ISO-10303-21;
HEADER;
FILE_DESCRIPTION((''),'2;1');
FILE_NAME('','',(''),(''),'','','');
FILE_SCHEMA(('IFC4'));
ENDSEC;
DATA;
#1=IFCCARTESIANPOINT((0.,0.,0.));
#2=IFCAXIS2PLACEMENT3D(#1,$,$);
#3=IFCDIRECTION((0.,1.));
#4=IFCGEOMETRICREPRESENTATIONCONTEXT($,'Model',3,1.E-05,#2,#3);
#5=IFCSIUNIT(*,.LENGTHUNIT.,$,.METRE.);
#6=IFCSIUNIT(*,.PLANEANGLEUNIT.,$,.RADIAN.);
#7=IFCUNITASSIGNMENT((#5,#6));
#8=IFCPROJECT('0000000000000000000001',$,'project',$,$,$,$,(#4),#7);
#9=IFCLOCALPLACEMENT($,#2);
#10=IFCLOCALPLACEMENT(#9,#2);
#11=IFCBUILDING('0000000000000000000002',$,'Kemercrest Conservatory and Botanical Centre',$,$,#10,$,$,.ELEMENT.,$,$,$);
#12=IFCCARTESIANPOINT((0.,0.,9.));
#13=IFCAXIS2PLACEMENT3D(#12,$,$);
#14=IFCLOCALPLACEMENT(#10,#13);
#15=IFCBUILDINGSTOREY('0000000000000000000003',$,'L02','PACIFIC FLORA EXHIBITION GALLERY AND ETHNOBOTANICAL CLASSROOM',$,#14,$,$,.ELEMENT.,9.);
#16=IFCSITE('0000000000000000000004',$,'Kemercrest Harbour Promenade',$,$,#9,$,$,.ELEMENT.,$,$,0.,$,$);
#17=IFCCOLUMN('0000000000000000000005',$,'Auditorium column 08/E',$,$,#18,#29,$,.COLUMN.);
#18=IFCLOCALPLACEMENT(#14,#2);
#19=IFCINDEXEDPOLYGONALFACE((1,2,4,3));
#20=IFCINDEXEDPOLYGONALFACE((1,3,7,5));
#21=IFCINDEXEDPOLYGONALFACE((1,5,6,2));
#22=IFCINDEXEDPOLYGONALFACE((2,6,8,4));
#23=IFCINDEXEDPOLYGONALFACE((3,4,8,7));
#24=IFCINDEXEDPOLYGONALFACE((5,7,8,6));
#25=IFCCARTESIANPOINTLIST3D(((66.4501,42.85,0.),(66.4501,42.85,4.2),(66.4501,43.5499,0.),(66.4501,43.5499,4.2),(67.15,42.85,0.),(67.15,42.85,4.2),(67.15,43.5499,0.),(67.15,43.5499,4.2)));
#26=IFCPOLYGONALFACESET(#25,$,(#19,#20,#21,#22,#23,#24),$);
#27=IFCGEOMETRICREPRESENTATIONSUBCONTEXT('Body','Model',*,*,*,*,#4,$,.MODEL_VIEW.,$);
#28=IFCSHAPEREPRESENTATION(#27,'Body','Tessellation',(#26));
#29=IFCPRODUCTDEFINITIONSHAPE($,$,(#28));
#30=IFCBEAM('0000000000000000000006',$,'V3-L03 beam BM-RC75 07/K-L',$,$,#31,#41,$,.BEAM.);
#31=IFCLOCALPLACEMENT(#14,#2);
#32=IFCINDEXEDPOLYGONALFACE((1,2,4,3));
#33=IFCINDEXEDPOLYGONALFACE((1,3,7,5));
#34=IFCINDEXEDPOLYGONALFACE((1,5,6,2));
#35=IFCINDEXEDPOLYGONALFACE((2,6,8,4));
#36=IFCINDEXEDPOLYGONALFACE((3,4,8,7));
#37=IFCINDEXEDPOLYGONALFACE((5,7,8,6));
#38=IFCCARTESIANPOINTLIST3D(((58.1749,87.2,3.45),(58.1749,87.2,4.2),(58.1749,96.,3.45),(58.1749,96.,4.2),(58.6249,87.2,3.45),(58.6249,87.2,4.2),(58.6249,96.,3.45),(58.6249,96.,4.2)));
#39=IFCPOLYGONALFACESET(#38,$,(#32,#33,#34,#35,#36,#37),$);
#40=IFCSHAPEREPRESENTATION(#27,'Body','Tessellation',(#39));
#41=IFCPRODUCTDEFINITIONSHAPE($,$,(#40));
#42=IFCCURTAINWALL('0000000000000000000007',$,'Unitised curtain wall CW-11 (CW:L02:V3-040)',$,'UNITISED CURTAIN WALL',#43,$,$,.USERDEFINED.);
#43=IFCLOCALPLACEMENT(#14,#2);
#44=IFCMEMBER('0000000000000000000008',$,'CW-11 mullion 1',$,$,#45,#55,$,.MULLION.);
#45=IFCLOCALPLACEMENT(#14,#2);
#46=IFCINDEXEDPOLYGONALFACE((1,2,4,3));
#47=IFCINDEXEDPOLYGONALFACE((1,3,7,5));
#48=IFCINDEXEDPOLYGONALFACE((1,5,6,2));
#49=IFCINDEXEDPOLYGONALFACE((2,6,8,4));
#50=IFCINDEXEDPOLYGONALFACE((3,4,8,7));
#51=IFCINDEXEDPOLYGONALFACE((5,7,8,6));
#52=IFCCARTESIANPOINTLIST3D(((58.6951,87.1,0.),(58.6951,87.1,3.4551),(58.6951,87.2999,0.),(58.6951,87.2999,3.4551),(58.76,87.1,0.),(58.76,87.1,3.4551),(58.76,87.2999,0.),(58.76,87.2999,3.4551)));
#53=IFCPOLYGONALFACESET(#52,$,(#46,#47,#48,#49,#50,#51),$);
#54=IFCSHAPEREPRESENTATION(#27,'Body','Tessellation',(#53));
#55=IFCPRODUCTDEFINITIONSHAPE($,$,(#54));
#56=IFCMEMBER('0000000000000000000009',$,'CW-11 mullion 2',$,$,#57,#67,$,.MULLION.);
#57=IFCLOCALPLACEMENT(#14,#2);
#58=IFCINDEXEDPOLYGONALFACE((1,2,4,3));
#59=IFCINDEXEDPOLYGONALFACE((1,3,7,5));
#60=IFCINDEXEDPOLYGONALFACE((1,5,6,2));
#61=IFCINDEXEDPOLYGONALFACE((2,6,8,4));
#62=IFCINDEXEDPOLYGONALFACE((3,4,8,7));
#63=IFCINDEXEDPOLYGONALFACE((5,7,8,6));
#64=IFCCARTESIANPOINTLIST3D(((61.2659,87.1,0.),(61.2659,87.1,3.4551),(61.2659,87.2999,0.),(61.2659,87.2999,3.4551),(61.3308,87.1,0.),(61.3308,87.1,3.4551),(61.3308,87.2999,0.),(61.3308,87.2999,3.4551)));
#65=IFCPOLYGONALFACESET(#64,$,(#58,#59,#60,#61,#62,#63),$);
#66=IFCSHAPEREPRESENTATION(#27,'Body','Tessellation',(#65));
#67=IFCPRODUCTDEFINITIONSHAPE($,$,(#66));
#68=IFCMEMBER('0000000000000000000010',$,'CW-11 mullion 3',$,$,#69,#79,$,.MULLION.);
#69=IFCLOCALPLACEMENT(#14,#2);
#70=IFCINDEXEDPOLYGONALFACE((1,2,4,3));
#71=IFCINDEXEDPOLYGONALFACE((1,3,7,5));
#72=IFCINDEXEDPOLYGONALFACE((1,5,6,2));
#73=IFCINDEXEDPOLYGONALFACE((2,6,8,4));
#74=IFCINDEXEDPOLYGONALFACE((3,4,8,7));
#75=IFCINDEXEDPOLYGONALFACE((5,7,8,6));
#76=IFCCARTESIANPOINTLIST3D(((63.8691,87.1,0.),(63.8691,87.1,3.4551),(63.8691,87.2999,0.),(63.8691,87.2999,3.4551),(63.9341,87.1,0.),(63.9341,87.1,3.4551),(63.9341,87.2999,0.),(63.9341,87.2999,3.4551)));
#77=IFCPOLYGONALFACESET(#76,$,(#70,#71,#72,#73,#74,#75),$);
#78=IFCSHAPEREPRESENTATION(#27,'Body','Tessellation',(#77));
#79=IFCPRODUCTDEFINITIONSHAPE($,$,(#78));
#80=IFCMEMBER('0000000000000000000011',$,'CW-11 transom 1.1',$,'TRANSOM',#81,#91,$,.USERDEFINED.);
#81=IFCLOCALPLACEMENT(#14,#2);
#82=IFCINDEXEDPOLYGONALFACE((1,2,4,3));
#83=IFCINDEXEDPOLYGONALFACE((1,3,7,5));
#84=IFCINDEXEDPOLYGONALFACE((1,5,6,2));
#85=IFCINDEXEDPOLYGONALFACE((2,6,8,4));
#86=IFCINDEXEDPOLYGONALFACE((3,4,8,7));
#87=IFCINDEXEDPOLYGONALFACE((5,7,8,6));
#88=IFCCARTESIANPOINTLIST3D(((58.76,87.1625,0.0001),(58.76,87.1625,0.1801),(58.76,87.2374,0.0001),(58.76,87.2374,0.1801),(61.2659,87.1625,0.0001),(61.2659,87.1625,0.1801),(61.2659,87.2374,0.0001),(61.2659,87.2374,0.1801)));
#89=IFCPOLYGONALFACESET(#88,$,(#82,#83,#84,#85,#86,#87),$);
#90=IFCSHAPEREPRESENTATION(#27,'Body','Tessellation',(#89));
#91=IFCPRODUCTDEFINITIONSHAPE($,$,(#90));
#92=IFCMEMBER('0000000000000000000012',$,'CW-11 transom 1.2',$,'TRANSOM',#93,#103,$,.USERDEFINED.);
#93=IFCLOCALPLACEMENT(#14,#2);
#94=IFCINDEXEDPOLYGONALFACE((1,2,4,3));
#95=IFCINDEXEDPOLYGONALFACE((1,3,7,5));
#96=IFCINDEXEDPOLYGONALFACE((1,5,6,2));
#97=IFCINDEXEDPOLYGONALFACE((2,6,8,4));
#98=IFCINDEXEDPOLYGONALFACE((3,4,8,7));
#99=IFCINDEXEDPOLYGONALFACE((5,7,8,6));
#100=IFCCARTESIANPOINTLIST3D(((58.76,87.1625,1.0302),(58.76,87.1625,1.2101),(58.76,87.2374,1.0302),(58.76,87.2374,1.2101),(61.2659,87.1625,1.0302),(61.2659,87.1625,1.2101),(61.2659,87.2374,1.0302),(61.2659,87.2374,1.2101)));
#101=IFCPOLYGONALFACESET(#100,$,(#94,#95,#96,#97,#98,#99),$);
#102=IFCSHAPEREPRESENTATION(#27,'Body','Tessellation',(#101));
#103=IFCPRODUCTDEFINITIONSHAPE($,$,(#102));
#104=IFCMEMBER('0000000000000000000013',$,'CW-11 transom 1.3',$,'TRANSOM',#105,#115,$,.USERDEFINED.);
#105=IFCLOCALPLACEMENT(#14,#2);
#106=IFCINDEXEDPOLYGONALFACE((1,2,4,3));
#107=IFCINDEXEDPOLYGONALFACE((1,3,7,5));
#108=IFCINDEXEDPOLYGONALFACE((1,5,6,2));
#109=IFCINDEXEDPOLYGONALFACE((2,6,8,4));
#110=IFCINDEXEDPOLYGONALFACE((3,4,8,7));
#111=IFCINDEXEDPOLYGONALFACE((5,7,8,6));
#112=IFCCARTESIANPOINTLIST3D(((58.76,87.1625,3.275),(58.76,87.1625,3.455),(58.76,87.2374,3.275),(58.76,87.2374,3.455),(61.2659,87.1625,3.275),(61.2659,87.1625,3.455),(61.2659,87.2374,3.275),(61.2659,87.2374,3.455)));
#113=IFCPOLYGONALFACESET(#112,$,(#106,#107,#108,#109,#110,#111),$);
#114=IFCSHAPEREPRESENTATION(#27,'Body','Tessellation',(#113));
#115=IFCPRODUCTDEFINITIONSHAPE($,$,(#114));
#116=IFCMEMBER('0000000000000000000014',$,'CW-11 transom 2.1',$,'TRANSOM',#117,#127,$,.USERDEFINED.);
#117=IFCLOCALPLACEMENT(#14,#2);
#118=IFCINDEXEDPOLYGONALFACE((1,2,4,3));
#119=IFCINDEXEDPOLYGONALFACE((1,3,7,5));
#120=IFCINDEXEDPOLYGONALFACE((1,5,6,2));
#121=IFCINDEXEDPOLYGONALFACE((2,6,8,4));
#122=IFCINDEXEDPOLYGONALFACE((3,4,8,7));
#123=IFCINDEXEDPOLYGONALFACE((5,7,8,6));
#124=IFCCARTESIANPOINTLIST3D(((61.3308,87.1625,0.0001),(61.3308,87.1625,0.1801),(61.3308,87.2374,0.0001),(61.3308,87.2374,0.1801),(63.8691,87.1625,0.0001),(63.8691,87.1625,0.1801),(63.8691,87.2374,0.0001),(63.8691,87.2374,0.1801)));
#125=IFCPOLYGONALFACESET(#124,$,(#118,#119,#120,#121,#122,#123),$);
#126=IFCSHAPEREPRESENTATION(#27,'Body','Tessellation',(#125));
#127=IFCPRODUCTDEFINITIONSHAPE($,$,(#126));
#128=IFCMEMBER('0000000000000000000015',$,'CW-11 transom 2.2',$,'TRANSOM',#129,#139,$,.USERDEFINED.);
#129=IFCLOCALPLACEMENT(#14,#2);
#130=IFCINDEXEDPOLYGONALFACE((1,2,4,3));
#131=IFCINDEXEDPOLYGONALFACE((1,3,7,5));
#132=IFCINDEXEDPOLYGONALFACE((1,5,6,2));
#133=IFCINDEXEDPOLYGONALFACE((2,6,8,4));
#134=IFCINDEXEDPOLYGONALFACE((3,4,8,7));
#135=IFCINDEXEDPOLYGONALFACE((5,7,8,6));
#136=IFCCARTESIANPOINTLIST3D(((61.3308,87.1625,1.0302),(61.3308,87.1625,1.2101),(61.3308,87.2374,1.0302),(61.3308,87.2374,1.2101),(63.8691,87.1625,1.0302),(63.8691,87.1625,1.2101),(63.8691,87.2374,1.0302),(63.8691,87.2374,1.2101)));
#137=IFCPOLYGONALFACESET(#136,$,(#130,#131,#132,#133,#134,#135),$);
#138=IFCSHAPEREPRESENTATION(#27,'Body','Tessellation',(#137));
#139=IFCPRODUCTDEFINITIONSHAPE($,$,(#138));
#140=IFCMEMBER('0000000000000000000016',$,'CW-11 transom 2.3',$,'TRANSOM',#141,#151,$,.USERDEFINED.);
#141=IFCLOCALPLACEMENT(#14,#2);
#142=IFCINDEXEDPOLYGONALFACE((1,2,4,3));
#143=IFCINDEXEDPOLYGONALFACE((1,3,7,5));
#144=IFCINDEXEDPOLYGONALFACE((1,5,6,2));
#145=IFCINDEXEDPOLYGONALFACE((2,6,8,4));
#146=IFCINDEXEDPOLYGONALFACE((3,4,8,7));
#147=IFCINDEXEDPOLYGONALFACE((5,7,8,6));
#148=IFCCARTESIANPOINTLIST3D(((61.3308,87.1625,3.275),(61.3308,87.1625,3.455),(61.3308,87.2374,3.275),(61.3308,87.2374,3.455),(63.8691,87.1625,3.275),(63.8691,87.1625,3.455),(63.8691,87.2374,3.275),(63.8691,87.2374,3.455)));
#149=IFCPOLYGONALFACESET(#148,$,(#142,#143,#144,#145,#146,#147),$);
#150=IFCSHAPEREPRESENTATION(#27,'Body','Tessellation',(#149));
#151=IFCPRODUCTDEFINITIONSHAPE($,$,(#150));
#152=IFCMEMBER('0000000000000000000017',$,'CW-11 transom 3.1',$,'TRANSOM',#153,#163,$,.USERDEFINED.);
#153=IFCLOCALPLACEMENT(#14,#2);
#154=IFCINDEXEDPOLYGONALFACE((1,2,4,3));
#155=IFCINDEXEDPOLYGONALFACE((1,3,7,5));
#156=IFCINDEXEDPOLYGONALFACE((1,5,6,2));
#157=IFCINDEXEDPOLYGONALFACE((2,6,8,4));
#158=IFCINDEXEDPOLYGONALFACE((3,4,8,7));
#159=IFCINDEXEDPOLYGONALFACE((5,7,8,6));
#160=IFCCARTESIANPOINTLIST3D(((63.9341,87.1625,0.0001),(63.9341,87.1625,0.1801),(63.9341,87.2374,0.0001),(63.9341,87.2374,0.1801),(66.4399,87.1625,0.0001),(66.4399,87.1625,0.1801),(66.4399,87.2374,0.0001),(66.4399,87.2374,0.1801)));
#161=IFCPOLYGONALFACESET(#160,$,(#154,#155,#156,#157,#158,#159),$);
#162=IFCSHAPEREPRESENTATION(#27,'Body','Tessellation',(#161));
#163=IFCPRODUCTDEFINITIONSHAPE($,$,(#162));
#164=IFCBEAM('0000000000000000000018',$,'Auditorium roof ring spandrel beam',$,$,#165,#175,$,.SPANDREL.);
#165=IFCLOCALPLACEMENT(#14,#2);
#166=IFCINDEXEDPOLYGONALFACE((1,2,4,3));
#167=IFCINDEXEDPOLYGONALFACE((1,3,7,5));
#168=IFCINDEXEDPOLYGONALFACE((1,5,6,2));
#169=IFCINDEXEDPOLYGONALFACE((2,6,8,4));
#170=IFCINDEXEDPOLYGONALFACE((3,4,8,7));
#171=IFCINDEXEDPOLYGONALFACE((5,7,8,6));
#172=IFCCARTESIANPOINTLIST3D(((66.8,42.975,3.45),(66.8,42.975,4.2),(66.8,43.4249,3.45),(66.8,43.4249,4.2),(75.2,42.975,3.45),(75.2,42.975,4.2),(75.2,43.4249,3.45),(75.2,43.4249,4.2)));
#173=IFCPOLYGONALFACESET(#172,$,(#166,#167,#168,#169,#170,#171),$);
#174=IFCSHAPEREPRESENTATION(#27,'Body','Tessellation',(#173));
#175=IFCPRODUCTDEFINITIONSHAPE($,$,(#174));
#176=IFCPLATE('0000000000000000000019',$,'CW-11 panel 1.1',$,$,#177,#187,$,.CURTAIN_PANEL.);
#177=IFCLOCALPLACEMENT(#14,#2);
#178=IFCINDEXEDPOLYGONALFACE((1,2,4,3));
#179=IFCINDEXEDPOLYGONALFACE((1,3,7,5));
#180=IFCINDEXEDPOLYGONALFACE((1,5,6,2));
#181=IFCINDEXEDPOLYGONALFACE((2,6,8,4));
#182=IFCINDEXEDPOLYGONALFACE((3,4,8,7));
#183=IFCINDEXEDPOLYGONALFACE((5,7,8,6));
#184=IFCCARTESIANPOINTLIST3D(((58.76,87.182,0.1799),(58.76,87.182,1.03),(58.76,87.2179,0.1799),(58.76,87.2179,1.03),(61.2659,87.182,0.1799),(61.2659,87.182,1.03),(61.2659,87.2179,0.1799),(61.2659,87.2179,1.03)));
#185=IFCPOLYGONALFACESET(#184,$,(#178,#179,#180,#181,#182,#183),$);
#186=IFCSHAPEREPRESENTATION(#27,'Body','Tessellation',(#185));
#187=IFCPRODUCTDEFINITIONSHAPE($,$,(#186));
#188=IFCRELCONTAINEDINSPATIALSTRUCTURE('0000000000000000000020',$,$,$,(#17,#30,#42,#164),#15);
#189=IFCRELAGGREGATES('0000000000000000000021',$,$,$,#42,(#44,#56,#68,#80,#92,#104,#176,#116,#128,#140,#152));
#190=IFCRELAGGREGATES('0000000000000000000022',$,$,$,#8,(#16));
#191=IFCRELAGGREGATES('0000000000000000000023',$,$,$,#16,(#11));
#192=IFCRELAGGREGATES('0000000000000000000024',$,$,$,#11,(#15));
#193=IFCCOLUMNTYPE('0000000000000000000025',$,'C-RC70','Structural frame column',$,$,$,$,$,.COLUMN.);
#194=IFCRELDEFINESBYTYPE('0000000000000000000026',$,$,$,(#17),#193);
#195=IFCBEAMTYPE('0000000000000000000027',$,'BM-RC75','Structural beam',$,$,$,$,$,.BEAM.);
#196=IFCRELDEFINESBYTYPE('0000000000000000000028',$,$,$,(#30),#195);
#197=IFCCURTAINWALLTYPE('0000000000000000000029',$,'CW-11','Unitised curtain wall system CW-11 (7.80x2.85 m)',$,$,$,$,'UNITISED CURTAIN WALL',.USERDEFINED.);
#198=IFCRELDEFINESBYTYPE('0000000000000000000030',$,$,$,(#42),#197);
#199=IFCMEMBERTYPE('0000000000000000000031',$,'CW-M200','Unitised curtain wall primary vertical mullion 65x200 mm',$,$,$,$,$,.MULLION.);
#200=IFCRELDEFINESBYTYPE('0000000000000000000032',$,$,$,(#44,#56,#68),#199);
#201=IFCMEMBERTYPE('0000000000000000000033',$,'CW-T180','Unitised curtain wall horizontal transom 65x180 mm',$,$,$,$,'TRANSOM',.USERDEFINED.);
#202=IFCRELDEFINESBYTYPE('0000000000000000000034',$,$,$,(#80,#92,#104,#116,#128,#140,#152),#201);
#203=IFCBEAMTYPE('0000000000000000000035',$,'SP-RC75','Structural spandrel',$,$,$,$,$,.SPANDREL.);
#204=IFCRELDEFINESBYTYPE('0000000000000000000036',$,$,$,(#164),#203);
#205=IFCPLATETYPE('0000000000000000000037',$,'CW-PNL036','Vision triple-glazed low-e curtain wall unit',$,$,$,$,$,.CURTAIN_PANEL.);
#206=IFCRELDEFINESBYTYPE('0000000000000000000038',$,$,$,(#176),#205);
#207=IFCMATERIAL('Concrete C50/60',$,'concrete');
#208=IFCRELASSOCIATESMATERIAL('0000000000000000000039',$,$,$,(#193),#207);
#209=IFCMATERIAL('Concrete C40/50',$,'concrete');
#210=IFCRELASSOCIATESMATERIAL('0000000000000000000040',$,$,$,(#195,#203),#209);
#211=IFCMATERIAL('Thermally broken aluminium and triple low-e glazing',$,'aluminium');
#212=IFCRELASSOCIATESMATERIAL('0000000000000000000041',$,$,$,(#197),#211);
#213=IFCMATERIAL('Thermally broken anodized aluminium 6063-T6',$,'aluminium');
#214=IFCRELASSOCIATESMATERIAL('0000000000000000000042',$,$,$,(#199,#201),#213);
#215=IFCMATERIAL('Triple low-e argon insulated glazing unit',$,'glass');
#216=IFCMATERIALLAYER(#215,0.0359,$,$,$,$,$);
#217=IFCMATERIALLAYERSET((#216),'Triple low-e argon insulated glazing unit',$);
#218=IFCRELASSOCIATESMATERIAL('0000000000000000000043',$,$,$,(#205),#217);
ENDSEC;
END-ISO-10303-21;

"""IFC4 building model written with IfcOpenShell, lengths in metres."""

from ifc_helpers import new_model, si_unit, direction, frame, origin, origin_2d, place, context, subcontext, project, spatial, rectangle, extrude, material, layer, layer_set, material_profile, profile_set, type_object, element, aggregate, save


model = new_model("IFC4")

# Units and contexts
model_context = context("Model", 3, precision=1e-05, world=origin(), true_north=direction((0.0, 1.0)))
body_context = subcontext(model_context, "Body", "Model", "MODEL_VIEW")
ifc_project = project(units=[si_unit("LENGTHUNIT", "METRE"), si_unit("PLANEANGLEUNIT", "RADIAN")], contexts=[model_context])

# Site, building, storey
site_placement = place(None, origin())
site = spatial("IfcSite", under=ifc_project, at=site_placement, Name="Kemercrest Harbour Promenade", CompositionType="ELEMENT", RefElevation=0.0)
building_placement = place(site_placement, origin())
building = spatial("IfcBuilding", under=site, at=building_placement, Name="Kemercrest Conservatory and Botanical Centre", CompositionType="ELEMENT")
storey_placement = place(building_placement, frame((0.0, 0.0, 9.0)))
storey = spatial("IfcBuildingStorey", under=building, at=storey_placement, Name="L02", Description="PACIFIC FLORA EXHIBITION GALLERY AND ETHNOBOTANICAL CLASSROOM", CompositionType="ELEMENT", Elevation=9.0)

# Column
ifc_material_1 = material(Name="Concrete C50/60", Category="concrete")
ifc_material_profile_1 = material_profile(ifc_material_1, rectangle(XDim=0.7, YDim=0.7, at=origin_2d()), Name="RC 700x700")
ifc_profile_set_1 = profile_set([ifc_material_profile_1], Name="Concrete C50/60")
column_type = type_object("IfcColumnType", Name="C-RC70", Description="Structural frame column", PredefinedType="COLUMN", material=ifc_profile_set_1)
column_placement = place(storey_placement, frame((66.8, 43.2, 0.0), z_axis=(0.0, 0.0, 1.0), x_axis=(1.0, 0.0, 0.0)))
element("IfcColumn", 1, at=column_placement, inside=storey, type_object=column_type, Name="Auditorium column 08/E", PredefinedType="COLUMN", context=body_context, shape_type="SweptSolid", body=[
    extrude(rectangle(XDim=0.7, YDim=0.7, at=origin_2d()), origin(), (0.0, 0.0, 1.0), 4.2),
])

# Beam
ifc_material_2 = material(Name="Concrete C40/50", Category="concrete")
ifc_material_profile_2 = material_profile(ifc_material_2, rectangle(XDim=0.45, YDim=0.75, at=origin_2d()), Name="RC 450x750")
ifc_profile_set_2 = profile_set([ifc_material_profile_2], Name="Concrete C40/50")
beam_type_1 = type_object("IfcBeamType", Name="BM-RC75", Description="Structural beam", PredefinedType="BEAM", material=ifc_profile_set_2)
beam_1_placement = place(storey_placement, frame((58.3999, 87.2, 3.825), z_axis=(0.0, 1.0, 0.0), x_axis=(-1.0, 0.0, 0.0)))
element("IfcBeam", 2, at=beam_1_placement, inside=storey, type_object=beam_type_1, Name="V3-L03 beam BM-RC75 07/K-L", PredefinedType="BEAM", context=body_context, shape_type="SweptSolid", body=[
    extrude(rectangle(XDim=0.45, YDim=0.75, at=origin_2d()), origin(), (0.0, 0.0, 1.0), 8.8),
])

# Curtain wall, members
ifc_material_3 = material(Name="Thermally broken aluminium and triple low-e glazing", Category="aluminium")
curtain_wall_type = type_object("IfcCurtainWallType", Name="CW-11", Description="Unitised curtain wall system CW-11 (7.80x2.85 m)", ElementType="UNITISED CURTAIN WALL", PredefinedType="USERDEFINED", material=ifc_material_3)
curtain_wall_placement = place(storey_placement, origin())
curtain_wall = element("IfcCurtainWall", 3, at=curtain_wall_placement, inside=storey, type_object=curtain_wall_type, Name="Unitised curtain wall CW-11 (CW:L02:V3-040)", ObjectType="UNITISED CURTAIN WALL", PredefinedType="USERDEFINED")
ifc_material_4 = material(Name="Thermally broken anodized aluminium 6063-T6", Category="aluminium")
ifc_material_profile_3 = material_profile(ifc_material_4, rectangle(XDim=0.2, YDim=0.0649, at=origin_2d()), Name="AL MULLION 65x200")
ifc_profile_set_3 = profile_set([ifc_material_profile_3], Name="Thermally broken anodized aluminium 6063-T6")
member_type_1 = type_object("IfcMemberType", Name="CW-M200", Description="Unitised curtain wall primary vertical mullion 65x200 mm", PredefinedType="MULLION", material=ifc_profile_set_3)
member_1_placement = place(storey_placement, frame((58.7275, 87.2, 0.0), z_axis=(0.0, 0.0, 1.0), x_axis=(0.0, 1.0, 0.0)))
member_1 = element("IfcMember", 4, at=member_1_placement, type_object=member_type_1, Name="CW-11 mullion 1", PredefinedType="MULLION", context=body_context, shape_type="SweptSolid", body=[
    extrude(rectangle(XDim=0.2, YDim=0.0649, at=origin_2d()), origin(), (0.0, 0.0, 1.0), 3.4551),
])
member_2_placement = place(storey_placement, frame((61.2983, 87.2, 0.0), z_axis=(0.0, 0.0, 1.0), x_axis=(0.0, 1.0, 0.0)))
member_2 = element("IfcMember", 5, at=member_2_placement, type_object=member_type_1, Name="CW-11 mullion 2", PredefinedType="MULLION", context=body_context, shape_type="SweptSolid", body=[
    extrude(rectangle(XDim=0.2, YDim=0.0649, at=origin_2d()), origin(), (0.0, 0.0, 1.0), 3.4551),
])
member_3_placement = place(storey_placement, frame((63.9016, 87.2, 0.0), z_axis=(0.0, 0.0, 1.0), x_axis=(0.0, 1.0, 0.0)))
member_3 = element("IfcMember", 6, at=member_3_placement, type_object=member_type_1, Name="CW-11 mullion 3", PredefinedType="MULLION", context=body_context, shape_type="SweptSolid", body=[
    extrude(rectangle(XDim=0.2, YDim=0.0649, at=origin_2d()), origin(), (0.0, 0.0, 1.0), 3.4551),
])
ifc_material_profile_4 = material_profile(ifc_material_4, rectangle(XDim=0.075, YDim=0.1799, at=origin_2d()), Name="AL TRANSOM 75x180")
ifc_profile_set_4 = profile_set([ifc_material_profile_4], Name="Thermally broken anodized aluminium 6063-T6")
member_type_2 = type_object("IfcMemberType", Name="CW-T180", Description="Unitised curtain wall horizontal transom 65x180 mm", ElementType="TRANSOM", PredefinedType="USERDEFINED", material=ifc_profile_set_4)
member_4_placement = place(storey_placement, frame((58.76, 87.2, 0.0901), z_axis=(1.0, 0.0, 0.0), x_axis=(0.0, 1.0, 0.0)))
member_4 = element("IfcMember", 7, at=member_4_placement, type_object=member_type_2, Name="CW-11 transom 1.1", ObjectType="TRANSOM", PredefinedType="USERDEFINED", context=body_context, shape_type="SweptSolid", body=[
    extrude(rectangle(XDim=0.075, YDim=0.1799, at=origin_2d()), origin(), (0.0, 0.0, 1.0), 2.5059),
])
member_5_placement = place(storey_placement, frame((58.76, 87.2, 1.1201), z_axis=(1.0, 0.0, 0.0), x_axis=(0.0, 1.0, 0.0)))
member_5 = element("IfcMember", 8, at=member_5_placement, type_object=member_type_2, Name="CW-11 transom 1.2", ObjectType="TRANSOM", PredefinedType="USERDEFINED", context=body_context, shape_type="SweptSolid", body=[
    extrude(rectangle(XDim=0.075, YDim=0.1799, at=origin_2d()), origin(), (0.0, 0.0, 1.0), 2.5059),
])
member_6_placement = place(storey_placement, frame((58.76, 87.2, 3.365), z_axis=(1.0, 0.0, 0.0), x_axis=(0.0, 1.0, 0.0)))
member_6 = element("IfcMember", 9, at=member_6_placement, type_object=member_type_2, Name="CW-11 transom 1.3", ObjectType="TRANSOM", PredefinedType="USERDEFINED", context=body_context, shape_type="SweptSolid", body=[
    extrude(rectangle(XDim=0.075, YDim=0.1799, at=origin_2d()), origin(), (0.0, 0.0, 1.0), 2.5059),
])
member_7_placement = place(storey_placement, frame((61.3308, 87.2, 0.0901), z_axis=(1.0, 0.0, 0.0), x_axis=(0.0, 1.0, 0.0)))
member_7 = element("IfcMember", 10, at=member_7_placement, type_object=member_type_2, Name="CW-11 transom 2.1", ObjectType="TRANSOM", PredefinedType="USERDEFINED", context=body_context, shape_type="SweptSolid", body=[
    extrude(rectangle(XDim=0.075, YDim=0.1799, at=origin_2d()), origin(), (0.0, 0.0, 1.0), 2.5383),
])
member_8_placement = place(storey_placement, frame((61.3308, 87.2, 1.1201), z_axis=(1.0, 0.0, 0.0), x_axis=(0.0, 1.0, 0.0)))
member_8 = element("IfcMember", 11, at=member_8_placement, type_object=member_type_2, Name="CW-11 transom 2.2", ObjectType="TRANSOM", PredefinedType="USERDEFINED", context=body_context, shape_type="SweptSolid", body=[
    extrude(rectangle(XDim=0.075, YDim=0.1799, at=origin_2d()), origin(), (0.0, 0.0, 1.0), 2.5383),
])
member_9_placement = place(storey_placement, frame((61.3308, 87.2, 3.365), z_axis=(1.0, 0.0, 0.0), x_axis=(0.0, 1.0, 0.0)))
member_9 = element("IfcMember", 12, at=member_9_placement, type_object=member_type_2, Name="CW-11 transom 2.3", ObjectType="TRANSOM", PredefinedType="USERDEFINED", context=body_context, shape_type="SweptSolid", body=[
    extrude(rectangle(XDim=0.075, YDim=0.1799, at=origin_2d()), origin(), (0.0, 0.0, 1.0), 2.5383),
])
member_10_placement = place(storey_placement, frame((63.9341, 87.2, 0.0901), z_axis=(1.0, 0.0, 0.0), x_axis=(0.0, 1.0, 0.0)))
member_10 = element("IfcMember", 13, at=member_10_placement, type_object=member_type_2, Name="CW-11 transom 3.1", ObjectType="TRANSOM", PredefinedType="USERDEFINED", context=body_context, shape_type="SweptSolid", body=[
    extrude(rectangle(XDim=0.075, YDim=0.1799, at=origin_2d()), origin(), (0.0, 0.0, 1.0), 2.5059),
])

# Beam
ifc_material_profile_5 = material_profile(ifc_material_2, rectangle(XDim=0.45, YDim=0.75, at=origin_2d()), Name="RC 450x750")
ifc_profile_set_5 = profile_set([ifc_material_profile_5], Name="Concrete C40/50")
beam_type_2 = type_object("IfcBeamType", Name="SP-RC75", Description="Structural spandrel", PredefinedType="SPANDREL", material=ifc_profile_set_5)
beam_2_placement = place(storey_placement, frame((66.8, 43.2, 3.825), z_axis=(1.0, 0.0, 0.0), x_axis=(0.0, 1.0, 0.0)))
element("IfcBeam", 14, at=beam_2_placement, inside=storey, type_object=beam_type_2, Name="Auditorium roof ring spandrel beam", PredefinedType="SPANDREL", context=body_context, shape_type="SweptSolid", body=[
    extrude(rectangle(XDim=0.45, YDim=0.75, at=origin_2d()), origin(), (0.0, 0.0, 1.0), 8.3999),
])

# Plate
ifc_material_5 = material(Name="Triple low-e argon insulated glazing unit", Category="glass")
ifc_layer_1 = layer(ifc_material_5, 0.0359)
ifc_layer_set_1 = layer_set([ifc_layer_1], Name="Triple low-e argon insulated glazing unit")
plate_type = type_object("IfcPlateType", Name="CW-PNL036", Description="Vision triple-glazed low-e curtain wall unit", PredefinedType="CURTAIN_PANEL", material=ifc_layer_set_1)
plate_1_placement = place(storey_placement, frame((60.0129, 87.2, 0.1799), z_axis=(0.0, 0.0, 1.0), x_axis=(1.0, 0.0, 0.0)))
plate_1 = element("IfcPlate", 15, at=plate_1_placement, type_object=plate_type, Name="CW-11 panel 1.1", PredefinedType="CURTAIN_PANEL", context=body_context, shape_type="SweptSolid", body=[
    extrude(rectangle(XDim=2.5059, YDim=0.0359, at=origin_2d()), origin(), (0.0, 0.0, 1.0), 0.8501),
])
aggregate(curtain_wall, [member_1, member_2, member_3, member_4, member_5, member_6, plate_1, member_7, member_8, member_9, member_10])

save(model, "model.ifc")
